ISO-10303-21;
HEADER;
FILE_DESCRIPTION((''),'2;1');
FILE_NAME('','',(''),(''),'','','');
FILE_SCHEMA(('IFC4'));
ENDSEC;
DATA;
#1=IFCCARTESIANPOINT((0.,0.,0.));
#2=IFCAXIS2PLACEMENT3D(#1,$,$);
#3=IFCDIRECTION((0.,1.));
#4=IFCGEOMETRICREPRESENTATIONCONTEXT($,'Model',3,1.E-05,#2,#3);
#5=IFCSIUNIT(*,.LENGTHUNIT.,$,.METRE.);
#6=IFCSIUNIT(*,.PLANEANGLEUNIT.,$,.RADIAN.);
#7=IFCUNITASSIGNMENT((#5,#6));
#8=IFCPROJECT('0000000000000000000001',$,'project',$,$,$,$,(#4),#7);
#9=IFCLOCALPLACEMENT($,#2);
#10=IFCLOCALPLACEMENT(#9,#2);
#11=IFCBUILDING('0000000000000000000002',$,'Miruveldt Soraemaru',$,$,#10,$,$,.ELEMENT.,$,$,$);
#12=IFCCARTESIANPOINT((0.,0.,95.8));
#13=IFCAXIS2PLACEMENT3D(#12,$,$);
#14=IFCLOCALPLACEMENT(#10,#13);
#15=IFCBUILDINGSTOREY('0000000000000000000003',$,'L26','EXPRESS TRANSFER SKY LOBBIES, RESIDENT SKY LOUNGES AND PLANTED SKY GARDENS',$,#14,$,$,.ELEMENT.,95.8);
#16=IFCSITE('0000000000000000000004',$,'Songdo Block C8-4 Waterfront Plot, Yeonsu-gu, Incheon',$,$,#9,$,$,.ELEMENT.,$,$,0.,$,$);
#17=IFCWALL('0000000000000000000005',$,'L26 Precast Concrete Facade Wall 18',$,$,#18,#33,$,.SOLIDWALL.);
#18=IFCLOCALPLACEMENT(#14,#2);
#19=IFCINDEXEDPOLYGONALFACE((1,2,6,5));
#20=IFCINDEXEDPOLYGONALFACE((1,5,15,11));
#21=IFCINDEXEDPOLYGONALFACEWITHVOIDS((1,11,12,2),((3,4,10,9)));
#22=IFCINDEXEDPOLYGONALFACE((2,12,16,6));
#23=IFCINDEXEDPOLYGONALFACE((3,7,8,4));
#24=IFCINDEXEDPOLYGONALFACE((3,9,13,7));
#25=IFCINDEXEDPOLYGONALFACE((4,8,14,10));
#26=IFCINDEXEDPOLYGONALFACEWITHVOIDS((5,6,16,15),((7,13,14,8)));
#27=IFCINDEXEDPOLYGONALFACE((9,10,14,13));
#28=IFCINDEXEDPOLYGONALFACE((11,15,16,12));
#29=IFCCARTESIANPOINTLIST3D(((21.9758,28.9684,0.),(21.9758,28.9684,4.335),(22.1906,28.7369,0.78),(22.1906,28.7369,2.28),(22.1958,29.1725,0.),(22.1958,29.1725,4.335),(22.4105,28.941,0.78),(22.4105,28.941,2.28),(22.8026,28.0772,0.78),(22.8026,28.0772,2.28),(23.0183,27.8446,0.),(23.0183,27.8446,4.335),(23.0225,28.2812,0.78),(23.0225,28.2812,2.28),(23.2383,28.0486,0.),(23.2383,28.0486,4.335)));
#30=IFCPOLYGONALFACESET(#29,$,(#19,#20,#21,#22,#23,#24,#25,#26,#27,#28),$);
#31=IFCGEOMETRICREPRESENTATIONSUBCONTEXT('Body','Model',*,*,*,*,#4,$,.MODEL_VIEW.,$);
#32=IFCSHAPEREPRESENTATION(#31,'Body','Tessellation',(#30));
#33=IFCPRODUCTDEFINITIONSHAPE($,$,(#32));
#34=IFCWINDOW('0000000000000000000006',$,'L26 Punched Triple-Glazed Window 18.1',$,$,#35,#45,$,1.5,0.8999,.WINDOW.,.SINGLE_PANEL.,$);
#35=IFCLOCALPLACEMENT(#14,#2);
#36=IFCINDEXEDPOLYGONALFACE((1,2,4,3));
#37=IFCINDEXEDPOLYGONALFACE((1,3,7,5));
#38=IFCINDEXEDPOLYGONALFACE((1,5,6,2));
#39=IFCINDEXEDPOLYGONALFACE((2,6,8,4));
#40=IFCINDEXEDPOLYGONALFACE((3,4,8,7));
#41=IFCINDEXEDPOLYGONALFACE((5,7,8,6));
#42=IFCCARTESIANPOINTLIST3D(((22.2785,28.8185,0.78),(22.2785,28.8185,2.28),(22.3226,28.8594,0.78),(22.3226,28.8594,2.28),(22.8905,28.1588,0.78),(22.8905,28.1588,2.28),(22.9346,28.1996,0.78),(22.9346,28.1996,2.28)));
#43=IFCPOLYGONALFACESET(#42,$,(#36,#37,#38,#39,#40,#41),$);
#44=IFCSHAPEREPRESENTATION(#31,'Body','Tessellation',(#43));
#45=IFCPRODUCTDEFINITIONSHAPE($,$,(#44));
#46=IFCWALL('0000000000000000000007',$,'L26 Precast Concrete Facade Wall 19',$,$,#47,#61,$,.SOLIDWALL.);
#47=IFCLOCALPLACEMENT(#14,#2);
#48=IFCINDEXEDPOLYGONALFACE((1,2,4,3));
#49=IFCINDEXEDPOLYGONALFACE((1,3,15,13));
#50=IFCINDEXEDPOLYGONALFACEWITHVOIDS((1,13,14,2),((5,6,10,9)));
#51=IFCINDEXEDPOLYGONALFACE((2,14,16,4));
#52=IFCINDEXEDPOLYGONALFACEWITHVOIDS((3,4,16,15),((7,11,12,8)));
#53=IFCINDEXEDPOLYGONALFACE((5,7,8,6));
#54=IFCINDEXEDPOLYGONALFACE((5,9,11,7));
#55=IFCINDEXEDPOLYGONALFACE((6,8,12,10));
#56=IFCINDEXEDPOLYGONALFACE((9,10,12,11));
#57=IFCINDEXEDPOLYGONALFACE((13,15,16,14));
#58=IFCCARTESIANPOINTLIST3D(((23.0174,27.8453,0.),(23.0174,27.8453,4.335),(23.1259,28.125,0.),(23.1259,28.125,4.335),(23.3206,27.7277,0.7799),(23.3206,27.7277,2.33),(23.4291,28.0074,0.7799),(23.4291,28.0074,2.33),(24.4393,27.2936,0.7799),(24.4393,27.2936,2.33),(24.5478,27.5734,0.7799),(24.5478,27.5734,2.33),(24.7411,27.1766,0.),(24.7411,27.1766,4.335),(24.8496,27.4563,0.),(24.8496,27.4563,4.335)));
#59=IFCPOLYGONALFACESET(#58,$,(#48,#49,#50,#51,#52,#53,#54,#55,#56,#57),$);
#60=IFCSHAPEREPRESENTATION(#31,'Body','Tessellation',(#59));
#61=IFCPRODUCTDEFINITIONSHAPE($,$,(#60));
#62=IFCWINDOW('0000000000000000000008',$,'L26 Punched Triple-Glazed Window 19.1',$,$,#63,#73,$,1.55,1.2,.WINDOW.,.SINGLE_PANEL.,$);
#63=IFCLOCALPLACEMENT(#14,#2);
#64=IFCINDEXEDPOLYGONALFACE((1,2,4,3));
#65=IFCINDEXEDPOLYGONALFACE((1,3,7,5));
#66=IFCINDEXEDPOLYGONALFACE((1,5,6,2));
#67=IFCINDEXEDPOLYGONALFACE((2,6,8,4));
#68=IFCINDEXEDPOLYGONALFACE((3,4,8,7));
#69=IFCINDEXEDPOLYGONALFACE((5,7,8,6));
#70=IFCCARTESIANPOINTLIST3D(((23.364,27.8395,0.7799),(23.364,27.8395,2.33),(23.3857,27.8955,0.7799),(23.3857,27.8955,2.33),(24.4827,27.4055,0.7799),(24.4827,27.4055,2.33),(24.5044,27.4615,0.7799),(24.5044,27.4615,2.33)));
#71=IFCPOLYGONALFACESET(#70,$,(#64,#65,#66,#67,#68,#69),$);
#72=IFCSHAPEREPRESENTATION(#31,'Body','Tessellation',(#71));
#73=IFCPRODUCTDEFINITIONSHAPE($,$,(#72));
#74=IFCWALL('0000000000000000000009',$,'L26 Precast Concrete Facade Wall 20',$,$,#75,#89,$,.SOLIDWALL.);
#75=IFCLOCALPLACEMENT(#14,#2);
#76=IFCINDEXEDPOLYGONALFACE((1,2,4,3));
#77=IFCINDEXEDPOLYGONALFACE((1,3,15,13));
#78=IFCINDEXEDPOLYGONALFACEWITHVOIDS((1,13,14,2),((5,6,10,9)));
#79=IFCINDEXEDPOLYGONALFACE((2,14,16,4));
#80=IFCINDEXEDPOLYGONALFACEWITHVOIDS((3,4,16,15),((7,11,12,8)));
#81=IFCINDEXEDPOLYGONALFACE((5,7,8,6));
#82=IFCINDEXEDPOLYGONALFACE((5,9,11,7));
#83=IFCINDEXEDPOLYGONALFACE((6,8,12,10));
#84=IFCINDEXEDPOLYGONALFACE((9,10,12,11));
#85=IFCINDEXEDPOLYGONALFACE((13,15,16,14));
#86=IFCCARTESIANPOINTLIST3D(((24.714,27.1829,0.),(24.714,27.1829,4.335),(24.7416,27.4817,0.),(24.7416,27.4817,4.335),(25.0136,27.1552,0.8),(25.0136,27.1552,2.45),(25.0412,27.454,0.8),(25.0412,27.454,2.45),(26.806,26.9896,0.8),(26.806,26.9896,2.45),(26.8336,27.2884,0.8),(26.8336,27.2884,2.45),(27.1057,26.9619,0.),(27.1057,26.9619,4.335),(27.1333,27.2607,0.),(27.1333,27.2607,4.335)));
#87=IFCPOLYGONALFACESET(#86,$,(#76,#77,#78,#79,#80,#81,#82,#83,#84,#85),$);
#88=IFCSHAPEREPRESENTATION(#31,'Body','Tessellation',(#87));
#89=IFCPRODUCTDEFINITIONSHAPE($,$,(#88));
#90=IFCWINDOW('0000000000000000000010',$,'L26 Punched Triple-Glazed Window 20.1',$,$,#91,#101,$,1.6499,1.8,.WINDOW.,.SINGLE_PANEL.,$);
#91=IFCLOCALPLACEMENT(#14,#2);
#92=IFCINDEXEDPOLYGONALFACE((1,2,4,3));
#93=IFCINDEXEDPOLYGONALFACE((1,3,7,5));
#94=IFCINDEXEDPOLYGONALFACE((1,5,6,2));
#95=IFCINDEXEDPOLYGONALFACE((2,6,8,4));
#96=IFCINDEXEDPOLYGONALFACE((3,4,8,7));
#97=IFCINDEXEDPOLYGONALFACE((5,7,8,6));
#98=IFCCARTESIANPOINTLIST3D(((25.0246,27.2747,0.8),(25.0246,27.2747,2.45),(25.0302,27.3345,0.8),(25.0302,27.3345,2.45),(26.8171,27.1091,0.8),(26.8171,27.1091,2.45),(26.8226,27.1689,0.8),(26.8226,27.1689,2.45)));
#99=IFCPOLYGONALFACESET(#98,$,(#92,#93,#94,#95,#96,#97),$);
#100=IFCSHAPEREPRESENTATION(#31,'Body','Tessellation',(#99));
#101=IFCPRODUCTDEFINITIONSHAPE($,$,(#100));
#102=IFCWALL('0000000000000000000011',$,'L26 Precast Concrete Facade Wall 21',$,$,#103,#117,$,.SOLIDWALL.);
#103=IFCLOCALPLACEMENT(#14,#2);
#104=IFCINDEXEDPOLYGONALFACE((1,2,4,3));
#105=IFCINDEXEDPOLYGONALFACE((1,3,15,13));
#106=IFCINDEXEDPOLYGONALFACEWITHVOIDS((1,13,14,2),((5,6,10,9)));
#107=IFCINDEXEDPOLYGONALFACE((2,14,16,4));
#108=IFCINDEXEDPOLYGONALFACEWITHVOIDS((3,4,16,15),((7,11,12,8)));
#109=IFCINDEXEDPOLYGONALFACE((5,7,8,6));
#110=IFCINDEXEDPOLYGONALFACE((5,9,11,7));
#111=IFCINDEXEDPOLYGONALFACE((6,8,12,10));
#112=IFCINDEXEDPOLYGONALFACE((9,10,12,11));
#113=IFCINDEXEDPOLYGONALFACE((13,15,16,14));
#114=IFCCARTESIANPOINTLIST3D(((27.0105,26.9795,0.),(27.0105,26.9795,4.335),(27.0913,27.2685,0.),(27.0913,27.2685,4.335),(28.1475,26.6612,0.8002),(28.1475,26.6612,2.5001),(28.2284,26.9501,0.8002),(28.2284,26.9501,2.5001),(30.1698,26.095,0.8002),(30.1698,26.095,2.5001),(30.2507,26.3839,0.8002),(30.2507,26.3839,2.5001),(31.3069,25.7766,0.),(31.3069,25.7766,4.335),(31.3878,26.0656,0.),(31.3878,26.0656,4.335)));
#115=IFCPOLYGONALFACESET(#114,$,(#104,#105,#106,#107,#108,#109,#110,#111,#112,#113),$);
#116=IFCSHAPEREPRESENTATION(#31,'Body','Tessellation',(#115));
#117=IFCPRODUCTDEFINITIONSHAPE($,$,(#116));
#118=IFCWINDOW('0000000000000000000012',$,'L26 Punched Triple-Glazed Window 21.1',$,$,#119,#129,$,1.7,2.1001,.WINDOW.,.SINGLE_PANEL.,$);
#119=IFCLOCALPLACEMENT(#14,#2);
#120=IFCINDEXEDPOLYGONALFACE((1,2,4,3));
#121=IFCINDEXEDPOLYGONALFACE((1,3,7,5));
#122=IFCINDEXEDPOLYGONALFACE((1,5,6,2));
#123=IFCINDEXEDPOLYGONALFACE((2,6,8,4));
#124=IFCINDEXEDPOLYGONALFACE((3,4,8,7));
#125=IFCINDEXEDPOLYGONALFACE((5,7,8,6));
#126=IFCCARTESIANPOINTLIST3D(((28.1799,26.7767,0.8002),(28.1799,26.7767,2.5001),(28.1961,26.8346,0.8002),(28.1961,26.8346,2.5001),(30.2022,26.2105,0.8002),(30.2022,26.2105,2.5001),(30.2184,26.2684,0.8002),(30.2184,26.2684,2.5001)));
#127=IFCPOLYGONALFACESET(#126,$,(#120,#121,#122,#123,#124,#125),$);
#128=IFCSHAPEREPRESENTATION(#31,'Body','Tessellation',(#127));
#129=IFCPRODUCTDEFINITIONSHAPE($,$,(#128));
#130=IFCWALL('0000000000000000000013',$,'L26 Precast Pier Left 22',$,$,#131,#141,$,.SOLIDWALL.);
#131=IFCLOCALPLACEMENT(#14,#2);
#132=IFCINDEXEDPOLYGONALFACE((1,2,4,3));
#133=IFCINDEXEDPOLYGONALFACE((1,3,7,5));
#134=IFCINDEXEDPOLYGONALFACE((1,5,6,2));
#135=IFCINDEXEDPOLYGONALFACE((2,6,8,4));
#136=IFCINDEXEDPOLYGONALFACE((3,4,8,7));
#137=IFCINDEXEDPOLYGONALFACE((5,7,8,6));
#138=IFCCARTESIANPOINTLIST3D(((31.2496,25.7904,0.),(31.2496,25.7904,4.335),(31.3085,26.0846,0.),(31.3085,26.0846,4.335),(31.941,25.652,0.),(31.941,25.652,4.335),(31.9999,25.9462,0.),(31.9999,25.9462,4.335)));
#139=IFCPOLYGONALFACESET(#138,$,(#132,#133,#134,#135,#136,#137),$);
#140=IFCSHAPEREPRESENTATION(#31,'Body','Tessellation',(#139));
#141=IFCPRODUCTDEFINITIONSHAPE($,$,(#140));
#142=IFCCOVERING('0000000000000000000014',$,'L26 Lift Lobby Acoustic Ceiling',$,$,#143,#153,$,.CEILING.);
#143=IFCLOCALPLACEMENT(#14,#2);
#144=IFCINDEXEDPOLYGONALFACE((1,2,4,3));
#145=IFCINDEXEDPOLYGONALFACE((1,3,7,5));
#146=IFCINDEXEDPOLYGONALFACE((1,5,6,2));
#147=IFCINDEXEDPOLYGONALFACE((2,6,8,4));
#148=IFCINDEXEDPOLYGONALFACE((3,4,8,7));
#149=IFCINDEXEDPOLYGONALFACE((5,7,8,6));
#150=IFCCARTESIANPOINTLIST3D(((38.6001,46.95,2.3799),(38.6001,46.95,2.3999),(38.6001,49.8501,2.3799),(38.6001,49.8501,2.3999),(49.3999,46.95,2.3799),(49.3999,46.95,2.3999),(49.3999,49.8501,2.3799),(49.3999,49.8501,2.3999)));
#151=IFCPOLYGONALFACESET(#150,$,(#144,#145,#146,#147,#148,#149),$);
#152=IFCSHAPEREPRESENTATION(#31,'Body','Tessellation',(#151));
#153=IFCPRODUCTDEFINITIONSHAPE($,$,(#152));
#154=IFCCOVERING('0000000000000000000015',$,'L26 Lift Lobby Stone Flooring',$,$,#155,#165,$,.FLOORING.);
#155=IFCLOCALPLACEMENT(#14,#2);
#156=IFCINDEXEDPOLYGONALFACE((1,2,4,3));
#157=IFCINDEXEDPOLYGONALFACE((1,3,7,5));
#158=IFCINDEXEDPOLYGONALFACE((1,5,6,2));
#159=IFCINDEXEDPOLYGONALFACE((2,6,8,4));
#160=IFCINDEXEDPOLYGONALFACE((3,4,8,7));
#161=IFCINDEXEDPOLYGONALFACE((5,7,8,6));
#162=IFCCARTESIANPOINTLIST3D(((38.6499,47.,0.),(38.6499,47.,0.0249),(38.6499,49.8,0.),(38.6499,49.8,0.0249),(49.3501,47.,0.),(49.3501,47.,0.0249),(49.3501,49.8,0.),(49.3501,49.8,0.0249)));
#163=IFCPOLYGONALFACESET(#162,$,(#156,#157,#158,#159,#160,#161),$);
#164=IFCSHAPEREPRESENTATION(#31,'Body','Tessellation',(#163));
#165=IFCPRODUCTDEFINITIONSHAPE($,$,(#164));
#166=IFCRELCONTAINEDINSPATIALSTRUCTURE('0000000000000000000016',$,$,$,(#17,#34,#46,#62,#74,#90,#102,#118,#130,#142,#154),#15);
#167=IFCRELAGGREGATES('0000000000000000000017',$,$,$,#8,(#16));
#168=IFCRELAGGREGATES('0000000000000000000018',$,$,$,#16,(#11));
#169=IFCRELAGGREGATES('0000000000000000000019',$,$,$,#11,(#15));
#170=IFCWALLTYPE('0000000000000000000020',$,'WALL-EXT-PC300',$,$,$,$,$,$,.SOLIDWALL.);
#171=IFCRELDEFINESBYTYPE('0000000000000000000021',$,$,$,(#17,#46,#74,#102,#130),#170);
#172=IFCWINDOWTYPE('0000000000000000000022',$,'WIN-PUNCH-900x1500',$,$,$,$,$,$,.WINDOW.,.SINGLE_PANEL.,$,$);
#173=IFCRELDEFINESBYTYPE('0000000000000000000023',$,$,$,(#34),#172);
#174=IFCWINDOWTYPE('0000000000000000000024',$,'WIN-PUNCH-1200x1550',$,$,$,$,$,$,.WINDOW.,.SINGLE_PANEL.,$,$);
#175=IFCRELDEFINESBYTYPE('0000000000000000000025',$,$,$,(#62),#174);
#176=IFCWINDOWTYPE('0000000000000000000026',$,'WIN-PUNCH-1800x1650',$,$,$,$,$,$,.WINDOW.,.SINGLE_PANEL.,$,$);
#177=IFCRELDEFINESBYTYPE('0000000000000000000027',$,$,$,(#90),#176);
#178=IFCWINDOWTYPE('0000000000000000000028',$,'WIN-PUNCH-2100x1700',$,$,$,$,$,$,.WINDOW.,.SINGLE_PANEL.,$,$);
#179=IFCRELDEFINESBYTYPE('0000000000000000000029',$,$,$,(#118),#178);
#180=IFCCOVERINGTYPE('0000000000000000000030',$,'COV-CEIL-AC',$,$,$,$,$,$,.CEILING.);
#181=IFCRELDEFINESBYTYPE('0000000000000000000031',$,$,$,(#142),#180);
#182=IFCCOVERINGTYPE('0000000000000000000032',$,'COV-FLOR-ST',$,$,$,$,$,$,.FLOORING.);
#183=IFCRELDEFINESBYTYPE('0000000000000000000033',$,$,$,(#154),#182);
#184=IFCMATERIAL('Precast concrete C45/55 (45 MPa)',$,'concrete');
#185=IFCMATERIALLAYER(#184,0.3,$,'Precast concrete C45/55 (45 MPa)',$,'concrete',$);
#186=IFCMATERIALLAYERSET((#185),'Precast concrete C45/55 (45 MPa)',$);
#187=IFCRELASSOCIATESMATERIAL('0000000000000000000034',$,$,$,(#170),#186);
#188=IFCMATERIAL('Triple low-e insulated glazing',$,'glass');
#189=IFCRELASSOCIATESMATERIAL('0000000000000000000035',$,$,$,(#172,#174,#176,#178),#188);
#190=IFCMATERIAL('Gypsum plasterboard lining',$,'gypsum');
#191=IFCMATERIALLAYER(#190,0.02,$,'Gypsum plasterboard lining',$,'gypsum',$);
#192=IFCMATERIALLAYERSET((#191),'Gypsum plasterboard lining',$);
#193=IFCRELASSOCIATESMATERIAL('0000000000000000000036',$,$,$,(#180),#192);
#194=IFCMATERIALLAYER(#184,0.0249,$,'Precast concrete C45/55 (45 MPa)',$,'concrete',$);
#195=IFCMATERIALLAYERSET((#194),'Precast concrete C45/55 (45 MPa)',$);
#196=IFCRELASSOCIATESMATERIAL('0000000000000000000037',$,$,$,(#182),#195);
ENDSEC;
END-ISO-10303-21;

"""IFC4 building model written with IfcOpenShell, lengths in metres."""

from ifc_helpers import new_model, si_unit, direction, frame, frame_2d, origin, place, context, subcontext, project, spatial, polyline, rectangle, outline, extrude, material, layer, layer_set, type_object, element, fill, save


model = new_model("IFC4")

# Units and contexts
model_context = context("Model", 3, precision=1e-05, world=origin(), true_north=direction((0.0, 1.0)))
body_context = subcontext(model_context, "Body", "Model", "MODEL_VIEW")
ifc_project = project(units=[si_unit("LENGTHUNIT", "METRE"), si_unit("PLANEANGLEUNIT", "RADIAN")], contexts=[model_context])

# Site, building, storey
site_placement = place(None, origin())
site = spatial("IfcSite", under=ifc_project, at=site_placement, Name="Songdo Block C8-4 Waterfront Plot, Yeonsu-gu, Incheon", CompositionType="ELEMENT", RefElevation=0.0)
building_placement = place(site_placement, origin())
building = spatial("IfcBuilding", under=site, at=building_placement, Name="Miruveldt Soraemaru", CompositionType="ELEMENT")
storey_placement = place(building_placement, frame((0.0, 0.0, 95.8)))
storey = spatial("IfcBuildingStorey", under=building, at=storey_placement, Name="L26", Description="EXPRESS TRANSFER SKY LOBBIES, RESIDENT SKY LOUNGES AND PLANTED SKY GARDENS", CompositionType="ELEMENT", Elevation=95.8)

# Shared definitions
ifc_material_1 = material(Name="Precast concrete C45/55 (45 MPa)", Category="concrete")

# Walls, openings, windows
ifc_layer_1 = layer(ifc_material_1, 0.3, Name="Precast concrete C45/55 (45 MPa)", Category="concrete")
ifc_layer_set_1 = layer_set([ifc_layer_1], Name="Precast concrete C45/55 (45 MPa)")
wall_type = type_object("IfcWallType", Name="WALL-EXT-PC300", PredefinedType="SOLIDWALL", material=ifc_layer_set_1)
wall_1_placement = place(storey_placement, frame((22.0857, 29.0706, 0.0), z_axis=(0.0, 0.0, 1.0), x_axis=(0.680091, -0.733128, 0.0)))
wall_1 = element("IfcWall", 1, at=wall_1_placement, inside=storey, type_object=wall_type, Name="L26 Precast Concrete Facade Wall 18", PredefinedType="SOLIDWALL", context=body_context, shape_type="SweptSolid", body=[
    extrude(rectangle(XDim=1.533, YDim=0.3, at=frame_2d((0.7666, 0.0))), origin(), (0.0, 0.0, 1.0), 4.335),
])
opening_1_placement = place(wall_1_placement, frame((0.3159, 0.0, 0.78)))
opening_1 = element("IfcOpeningElement", 2, at=opening_1_placement, cuts=wall_1, PredefinedType="OPENING", context=body_context, shape_type="SweptSolid", body=[
    extrude(rectangle(XDim=0.8999, YDim=1.5, at=frame_2d((0.45, 0.75))), frame((0.0, 0.1602, 0.0), z_axis=(0.0, -1.0, 0.0), x_axis=(1.0, 0.0, 0.0)), (0.0, 0.0, 1.0), 0.3201),
])
ifc_material_2 = material(Name="Triple low-e insulated glazing", Category="glass")
window_type_1 = type_object("IfcWindowType", Name="WIN-PUNCH-900x1500", PartitioningType="SINGLE_PANEL", PredefinedType="WINDOW", material=ifc_material_2)
window_1_placement = place(opening_1_placement, origin())
window_1 = element("IfcWindow", 3, at=window_1_placement, inside=storey, type_object=window_type_1, Name="L26 Punched Triple-Glazed Window 18.1", OverallHeight=1.5, OverallWidth=0.8999, PartitioningType="SINGLE_PANEL", PredefinedType="WINDOW", context=body_context, shape_type="SweptSolid", body=[
    extrude(rectangle(XDim=0.8999, YDim=1.5, at=frame_2d((0.45, 0.75))), frame((0.0, 0.03, 0.0), z_axis=(0.0, -1.0, 0.0), x_axis=(1.0, 0.0, 0.0)), (0.0, 0.0, 1.0), 0.0601),
])
fill(opening_1, window_1)
wall_2_placement = place(storey_placement, frame((23.0718, 27.9851, 0.0), z_axis=(0.0, 0.0, 1.0), x_axis=(0.932297, -0.361694, 0.0)))
wall_2 = element("IfcWall", 4, at=wall_2_placement, inside=storey, type_object=wall_type, Name="L26 Precast Concrete Facade Wall 19", PredefinedType="SOLIDWALL", context=body_context, shape_type="SweptSolid", body=[
    extrude(rectangle(XDim=1.8489, YDim=0.3, at=frame_2d((0.9243, 0.0))), origin(), (0.0, 0.0, 1.0), 4.335),
])
opening_2_placement = place(wall_2_placement, frame((0.325, 0.0, 0.78)))
opening_2 = element("IfcOpeningElement", 5, at=opening_2_placement, cuts=wall_2, PredefinedType="OPENING", context=body_context, shape_type="SweptSolid", body=[
    extrude(rectangle(XDim=1.2, YDim=1.55, at=frame_2d((0.6001, 0.7749))), frame((0.0, 0.1602, 0.0), z_axis=(0.0, -1.0, 0.0), x_axis=(1.0, 0.0, 0.0)), (0.0, 0.0, 1.0), 0.3201),
])
window_type_2 = type_object("IfcWindowType", Name="WIN-PUNCH-1200x1550", PartitioningType="SINGLE_PANEL", PredefinedType="WINDOW", material=ifc_material_2)
window_2_placement = place(opening_2_placement, origin())
window_2 = element("IfcWindow", 6, at=window_2_placement, inside=storey, type_object=window_type_2, Name="L26 Punched Triple-Glazed Window 19.1", OverallHeight=1.55, OverallWidth=1.2, PartitioningType="SINGLE_PANEL", PredefinedType="WINDOW", context=body_context, shape_type="SweptSolid", body=[
    extrude(rectangle(XDim=1.2, YDim=1.55, at=frame_2d((0.6001, 0.7749))), frame((0.0, 0.03, 0.0), z_axis=(0.0, -1.0, 0.0), x_axis=(1.0, 0.0, 0.0)), (0.0, 0.0, 1.0), 0.0601),
])
fill(opening_2, window_2)
wall_3_placement = place(storey_placement, frame((24.7278, 27.3323, 0.0), z_axis=(0.0, 0.0, 1.0), x_axis=(0.99576, -0.091993, 0.0)))
wall_3 = element("IfcWall", 7, at=wall_3_placement, inside=storey, type_object=wall_type, Name="L26 Precast Concrete Facade Wall 20", PredefinedType="SOLIDWALL", context=body_context, shape_type="SweptSolid", body=[
    extrude(rectangle(XDim=2.4019, YDim=0.3, at=frame_2d((1.2009, 0.0))), origin(), (0.0, 0.0, 1.0), 4.335),
])
opening_3_placement = place(wall_3_placement, frame((0.301, 0.0, 0.8)))
opening_3 = element("IfcOpeningElement", 8, at=opening_3_placement, cuts=wall_3, PredefinedType="OPENING", context=body_context, shape_type="SweptSolid", body=[
    extrude(rectangle(XDim=1.8, YDim=1.6499, at=frame_2d((0.8999, 0.825))), frame((0.0, 0.1602, 0.0), z_axis=(0.0, -1.0, 0.0), x_axis=(1.0, 0.0, 0.0)), (0.0, 0.0, 1.0), 0.3201),
])
window_type_3 = type_object("IfcWindowType", Name="WIN-PUNCH-1800x1650", PartitioningType="SINGLE_PANEL", PredefinedType="WINDOW", material=ifc_material_2)
window_3_placement = place(opening_3_placement, origin())
window_3 = element("IfcWindow", 9, at=window_3_placement, inside=storey, type_object=window_type_3, Name="L26 Punched Triple-Glazed Window 20.1", OverallHeight=1.6499, OverallWidth=1.8, PartitioningType="SINGLE_PANEL", PredefinedType="WINDOW", context=body_context, shape_type="SweptSolid", body=[
    extrude(rectangle(XDim=1.8, YDim=1.6499, at=frame_2d((0.8999, 0.825))), frame((0.0, 0.03, 0.0), z_axis=(0.0, -1.0, 0.0), x_axis=(1.0, 0.0, 0.0)), (0.0, 0.0, 1.0), 0.0601),
])
fill(opening_3, window_3)
wall_4_placement = place(storey_placement, frame((27.0508, 27.124, 0.0), z_axis=(0.0, 0.0, 1.0), x_axis=(0.96297, -0.269608, 0.0)))
wall_4 = element("IfcWall", 10, at=wall_4_placement, inside=storey, type_object=wall_type, Name="L26 Precast Concrete Facade Wall 21", PredefinedType="SOLIDWALL", context=body_context, shape_type="SweptSolid", body=[
    extrude(rectangle(XDim=4.4617, YDim=0.3, at=frame_2d((2.231, 0.0))), origin(), (0.0, 0.0, 1.0), 4.335),
])
opening_4_placement = place(wall_4_placement, frame((1.1809, 0.0, 0.8)))
opening_4 = element("IfcOpeningElement", 11, at=opening_4_placement, cuts=wall_4, PredefinedType="OPENING", context=body_context, shape_type="SweptSolid", body=[
    extrude(rectangle(XDim=2.1001, YDim=1.7, at=frame_2d((1.05, 0.8501))), frame((0.0, 0.1602, 0.0), z_axis=(0.0, -1.0, 0.0), x_axis=(1.0, 0.0, 0.0)), (0.0, 0.0, 1.0), 0.3201),
])
window_type_4 = type_object("IfcWindowType", Name="WIN-PUNCH-2100x1700", PartitioningType="SINGLE_PANEL", PredefinedType="WINDOW", material=ifc_material_2)
window_4_placement = place(opening_4_placement, origin())
window_4 = element("IfcWindow", 12, at=window_4_placement, inside=storey, type_object=window_type_4, Name="L26 Punched Triple-Glazed Window 21.1", OverallHeight=1.7, OverallWidth=2.1001, PartitioningType="SINGLE_PANEL", PredefinedType="WINDOW", context=body_context, shape_type="SweptSolid", body=[
    extrude(rectangle(XDim=2.1001, YDim=1.7, at=frame_2d((1.05, 0.8501))), frame((0.0, 0.03, 0.0), z_axis=(0.0, -1.0, 0.0), x_axis=(1.0, 0.0, 0.0)), (0.0, 0.0, 1.0), 0.0601),
])
fill(opening_4, window_4)

# Wall
wall_5_placement = place(storey_placement, frame((31.2791, 25.9375, 0.0), z_axis=(0.0, 0.0, 1.0), x_axis=(0.980541, -0.196316, 0.0)))
element("IfcWall", 13, at=wall_5_placement, inside=storey, type_object=wall_type, Name="L26 Precast Pier Left 22", PredefinedType="SOLIDWALL", context=body_context, shape_type="SweptSolid", body=[
    extrude(rectangle(XDim=0.7051, YDim=0.3, at=frame_2d((0.3525, 0.0))), origin(), (0.0, 0.0, 1.0), 4.335),
])

# Coverings
ifc_material_3 = material(Name="Gypsum plasterboard lining", Category="gypsum")
ifc_layer_2 = layer(ifc_material_3, 0.02, Name="Gypsum plasterboard lining", Category="gypsum")
ifc_layer_set_2 = layer_set([ifc_layer_2], Name="Gypsum plasterboard lining")
covering_type_1 = type_object("IfcCoveringType", Name="COV-CEIL-AC", PredefinedType="CEILING", material=ifc_layer_set_2)
covering_1_placement = place(storey_placement, frame((0.0, 0.0, 2.3799)))
element("IfcCovering", 14, at=covering_1_placement, inside=storey, type_object=covering_type_1, Name="L26 Lift Lobby Acoustic Ceiling", PredefinedType="CEILING", context=body_context, shape_type="SweptSolid", body=[
    extrude(outline(polyline([(38.6001, 46.95), (49.3999, 46.95), (49.3999, 49.8501), (38.6001, 49.8501), (38.6001, 46.95)])), origin(), (0.0, 0.0, 1.0), 0.02),
])
ifc_layer_3 = layer(ifc_material_1, 0.0249, Name="Precast concrete C45/55 (45 MPa)", Category="concrete")
ifc_layer_set_3 = layer_set([ifc_layer_3], Name="Precast concrete C45/55 (45 MPa)")
covering_type_2 = type_object("IfcCoveringType", Name="COV-FLOR-ST", PredefinedType="FLOORING", material=ifc_layer_set_3)
covering_2_placement = place(storey_placement, origin())
element("IfcCovering", 15, at=covering_2_placement, inside=storey, type_object=covering_type_2, Name="L26 Lift Lobby Stone Flooring", PredefinedType="FLOORING", context=body_context, shape_type="SweptSolid", body=[
    extrude(outline(polyline([(38.6499, 47.0), (49.3501, 47.0), (49.3501, 49.8), (38.6499, 49.8), (38.6499, 47.0)])), origin(), (0.0, 0.0, 1.0), 0.0249),
])

save(model, "model.ifc")
